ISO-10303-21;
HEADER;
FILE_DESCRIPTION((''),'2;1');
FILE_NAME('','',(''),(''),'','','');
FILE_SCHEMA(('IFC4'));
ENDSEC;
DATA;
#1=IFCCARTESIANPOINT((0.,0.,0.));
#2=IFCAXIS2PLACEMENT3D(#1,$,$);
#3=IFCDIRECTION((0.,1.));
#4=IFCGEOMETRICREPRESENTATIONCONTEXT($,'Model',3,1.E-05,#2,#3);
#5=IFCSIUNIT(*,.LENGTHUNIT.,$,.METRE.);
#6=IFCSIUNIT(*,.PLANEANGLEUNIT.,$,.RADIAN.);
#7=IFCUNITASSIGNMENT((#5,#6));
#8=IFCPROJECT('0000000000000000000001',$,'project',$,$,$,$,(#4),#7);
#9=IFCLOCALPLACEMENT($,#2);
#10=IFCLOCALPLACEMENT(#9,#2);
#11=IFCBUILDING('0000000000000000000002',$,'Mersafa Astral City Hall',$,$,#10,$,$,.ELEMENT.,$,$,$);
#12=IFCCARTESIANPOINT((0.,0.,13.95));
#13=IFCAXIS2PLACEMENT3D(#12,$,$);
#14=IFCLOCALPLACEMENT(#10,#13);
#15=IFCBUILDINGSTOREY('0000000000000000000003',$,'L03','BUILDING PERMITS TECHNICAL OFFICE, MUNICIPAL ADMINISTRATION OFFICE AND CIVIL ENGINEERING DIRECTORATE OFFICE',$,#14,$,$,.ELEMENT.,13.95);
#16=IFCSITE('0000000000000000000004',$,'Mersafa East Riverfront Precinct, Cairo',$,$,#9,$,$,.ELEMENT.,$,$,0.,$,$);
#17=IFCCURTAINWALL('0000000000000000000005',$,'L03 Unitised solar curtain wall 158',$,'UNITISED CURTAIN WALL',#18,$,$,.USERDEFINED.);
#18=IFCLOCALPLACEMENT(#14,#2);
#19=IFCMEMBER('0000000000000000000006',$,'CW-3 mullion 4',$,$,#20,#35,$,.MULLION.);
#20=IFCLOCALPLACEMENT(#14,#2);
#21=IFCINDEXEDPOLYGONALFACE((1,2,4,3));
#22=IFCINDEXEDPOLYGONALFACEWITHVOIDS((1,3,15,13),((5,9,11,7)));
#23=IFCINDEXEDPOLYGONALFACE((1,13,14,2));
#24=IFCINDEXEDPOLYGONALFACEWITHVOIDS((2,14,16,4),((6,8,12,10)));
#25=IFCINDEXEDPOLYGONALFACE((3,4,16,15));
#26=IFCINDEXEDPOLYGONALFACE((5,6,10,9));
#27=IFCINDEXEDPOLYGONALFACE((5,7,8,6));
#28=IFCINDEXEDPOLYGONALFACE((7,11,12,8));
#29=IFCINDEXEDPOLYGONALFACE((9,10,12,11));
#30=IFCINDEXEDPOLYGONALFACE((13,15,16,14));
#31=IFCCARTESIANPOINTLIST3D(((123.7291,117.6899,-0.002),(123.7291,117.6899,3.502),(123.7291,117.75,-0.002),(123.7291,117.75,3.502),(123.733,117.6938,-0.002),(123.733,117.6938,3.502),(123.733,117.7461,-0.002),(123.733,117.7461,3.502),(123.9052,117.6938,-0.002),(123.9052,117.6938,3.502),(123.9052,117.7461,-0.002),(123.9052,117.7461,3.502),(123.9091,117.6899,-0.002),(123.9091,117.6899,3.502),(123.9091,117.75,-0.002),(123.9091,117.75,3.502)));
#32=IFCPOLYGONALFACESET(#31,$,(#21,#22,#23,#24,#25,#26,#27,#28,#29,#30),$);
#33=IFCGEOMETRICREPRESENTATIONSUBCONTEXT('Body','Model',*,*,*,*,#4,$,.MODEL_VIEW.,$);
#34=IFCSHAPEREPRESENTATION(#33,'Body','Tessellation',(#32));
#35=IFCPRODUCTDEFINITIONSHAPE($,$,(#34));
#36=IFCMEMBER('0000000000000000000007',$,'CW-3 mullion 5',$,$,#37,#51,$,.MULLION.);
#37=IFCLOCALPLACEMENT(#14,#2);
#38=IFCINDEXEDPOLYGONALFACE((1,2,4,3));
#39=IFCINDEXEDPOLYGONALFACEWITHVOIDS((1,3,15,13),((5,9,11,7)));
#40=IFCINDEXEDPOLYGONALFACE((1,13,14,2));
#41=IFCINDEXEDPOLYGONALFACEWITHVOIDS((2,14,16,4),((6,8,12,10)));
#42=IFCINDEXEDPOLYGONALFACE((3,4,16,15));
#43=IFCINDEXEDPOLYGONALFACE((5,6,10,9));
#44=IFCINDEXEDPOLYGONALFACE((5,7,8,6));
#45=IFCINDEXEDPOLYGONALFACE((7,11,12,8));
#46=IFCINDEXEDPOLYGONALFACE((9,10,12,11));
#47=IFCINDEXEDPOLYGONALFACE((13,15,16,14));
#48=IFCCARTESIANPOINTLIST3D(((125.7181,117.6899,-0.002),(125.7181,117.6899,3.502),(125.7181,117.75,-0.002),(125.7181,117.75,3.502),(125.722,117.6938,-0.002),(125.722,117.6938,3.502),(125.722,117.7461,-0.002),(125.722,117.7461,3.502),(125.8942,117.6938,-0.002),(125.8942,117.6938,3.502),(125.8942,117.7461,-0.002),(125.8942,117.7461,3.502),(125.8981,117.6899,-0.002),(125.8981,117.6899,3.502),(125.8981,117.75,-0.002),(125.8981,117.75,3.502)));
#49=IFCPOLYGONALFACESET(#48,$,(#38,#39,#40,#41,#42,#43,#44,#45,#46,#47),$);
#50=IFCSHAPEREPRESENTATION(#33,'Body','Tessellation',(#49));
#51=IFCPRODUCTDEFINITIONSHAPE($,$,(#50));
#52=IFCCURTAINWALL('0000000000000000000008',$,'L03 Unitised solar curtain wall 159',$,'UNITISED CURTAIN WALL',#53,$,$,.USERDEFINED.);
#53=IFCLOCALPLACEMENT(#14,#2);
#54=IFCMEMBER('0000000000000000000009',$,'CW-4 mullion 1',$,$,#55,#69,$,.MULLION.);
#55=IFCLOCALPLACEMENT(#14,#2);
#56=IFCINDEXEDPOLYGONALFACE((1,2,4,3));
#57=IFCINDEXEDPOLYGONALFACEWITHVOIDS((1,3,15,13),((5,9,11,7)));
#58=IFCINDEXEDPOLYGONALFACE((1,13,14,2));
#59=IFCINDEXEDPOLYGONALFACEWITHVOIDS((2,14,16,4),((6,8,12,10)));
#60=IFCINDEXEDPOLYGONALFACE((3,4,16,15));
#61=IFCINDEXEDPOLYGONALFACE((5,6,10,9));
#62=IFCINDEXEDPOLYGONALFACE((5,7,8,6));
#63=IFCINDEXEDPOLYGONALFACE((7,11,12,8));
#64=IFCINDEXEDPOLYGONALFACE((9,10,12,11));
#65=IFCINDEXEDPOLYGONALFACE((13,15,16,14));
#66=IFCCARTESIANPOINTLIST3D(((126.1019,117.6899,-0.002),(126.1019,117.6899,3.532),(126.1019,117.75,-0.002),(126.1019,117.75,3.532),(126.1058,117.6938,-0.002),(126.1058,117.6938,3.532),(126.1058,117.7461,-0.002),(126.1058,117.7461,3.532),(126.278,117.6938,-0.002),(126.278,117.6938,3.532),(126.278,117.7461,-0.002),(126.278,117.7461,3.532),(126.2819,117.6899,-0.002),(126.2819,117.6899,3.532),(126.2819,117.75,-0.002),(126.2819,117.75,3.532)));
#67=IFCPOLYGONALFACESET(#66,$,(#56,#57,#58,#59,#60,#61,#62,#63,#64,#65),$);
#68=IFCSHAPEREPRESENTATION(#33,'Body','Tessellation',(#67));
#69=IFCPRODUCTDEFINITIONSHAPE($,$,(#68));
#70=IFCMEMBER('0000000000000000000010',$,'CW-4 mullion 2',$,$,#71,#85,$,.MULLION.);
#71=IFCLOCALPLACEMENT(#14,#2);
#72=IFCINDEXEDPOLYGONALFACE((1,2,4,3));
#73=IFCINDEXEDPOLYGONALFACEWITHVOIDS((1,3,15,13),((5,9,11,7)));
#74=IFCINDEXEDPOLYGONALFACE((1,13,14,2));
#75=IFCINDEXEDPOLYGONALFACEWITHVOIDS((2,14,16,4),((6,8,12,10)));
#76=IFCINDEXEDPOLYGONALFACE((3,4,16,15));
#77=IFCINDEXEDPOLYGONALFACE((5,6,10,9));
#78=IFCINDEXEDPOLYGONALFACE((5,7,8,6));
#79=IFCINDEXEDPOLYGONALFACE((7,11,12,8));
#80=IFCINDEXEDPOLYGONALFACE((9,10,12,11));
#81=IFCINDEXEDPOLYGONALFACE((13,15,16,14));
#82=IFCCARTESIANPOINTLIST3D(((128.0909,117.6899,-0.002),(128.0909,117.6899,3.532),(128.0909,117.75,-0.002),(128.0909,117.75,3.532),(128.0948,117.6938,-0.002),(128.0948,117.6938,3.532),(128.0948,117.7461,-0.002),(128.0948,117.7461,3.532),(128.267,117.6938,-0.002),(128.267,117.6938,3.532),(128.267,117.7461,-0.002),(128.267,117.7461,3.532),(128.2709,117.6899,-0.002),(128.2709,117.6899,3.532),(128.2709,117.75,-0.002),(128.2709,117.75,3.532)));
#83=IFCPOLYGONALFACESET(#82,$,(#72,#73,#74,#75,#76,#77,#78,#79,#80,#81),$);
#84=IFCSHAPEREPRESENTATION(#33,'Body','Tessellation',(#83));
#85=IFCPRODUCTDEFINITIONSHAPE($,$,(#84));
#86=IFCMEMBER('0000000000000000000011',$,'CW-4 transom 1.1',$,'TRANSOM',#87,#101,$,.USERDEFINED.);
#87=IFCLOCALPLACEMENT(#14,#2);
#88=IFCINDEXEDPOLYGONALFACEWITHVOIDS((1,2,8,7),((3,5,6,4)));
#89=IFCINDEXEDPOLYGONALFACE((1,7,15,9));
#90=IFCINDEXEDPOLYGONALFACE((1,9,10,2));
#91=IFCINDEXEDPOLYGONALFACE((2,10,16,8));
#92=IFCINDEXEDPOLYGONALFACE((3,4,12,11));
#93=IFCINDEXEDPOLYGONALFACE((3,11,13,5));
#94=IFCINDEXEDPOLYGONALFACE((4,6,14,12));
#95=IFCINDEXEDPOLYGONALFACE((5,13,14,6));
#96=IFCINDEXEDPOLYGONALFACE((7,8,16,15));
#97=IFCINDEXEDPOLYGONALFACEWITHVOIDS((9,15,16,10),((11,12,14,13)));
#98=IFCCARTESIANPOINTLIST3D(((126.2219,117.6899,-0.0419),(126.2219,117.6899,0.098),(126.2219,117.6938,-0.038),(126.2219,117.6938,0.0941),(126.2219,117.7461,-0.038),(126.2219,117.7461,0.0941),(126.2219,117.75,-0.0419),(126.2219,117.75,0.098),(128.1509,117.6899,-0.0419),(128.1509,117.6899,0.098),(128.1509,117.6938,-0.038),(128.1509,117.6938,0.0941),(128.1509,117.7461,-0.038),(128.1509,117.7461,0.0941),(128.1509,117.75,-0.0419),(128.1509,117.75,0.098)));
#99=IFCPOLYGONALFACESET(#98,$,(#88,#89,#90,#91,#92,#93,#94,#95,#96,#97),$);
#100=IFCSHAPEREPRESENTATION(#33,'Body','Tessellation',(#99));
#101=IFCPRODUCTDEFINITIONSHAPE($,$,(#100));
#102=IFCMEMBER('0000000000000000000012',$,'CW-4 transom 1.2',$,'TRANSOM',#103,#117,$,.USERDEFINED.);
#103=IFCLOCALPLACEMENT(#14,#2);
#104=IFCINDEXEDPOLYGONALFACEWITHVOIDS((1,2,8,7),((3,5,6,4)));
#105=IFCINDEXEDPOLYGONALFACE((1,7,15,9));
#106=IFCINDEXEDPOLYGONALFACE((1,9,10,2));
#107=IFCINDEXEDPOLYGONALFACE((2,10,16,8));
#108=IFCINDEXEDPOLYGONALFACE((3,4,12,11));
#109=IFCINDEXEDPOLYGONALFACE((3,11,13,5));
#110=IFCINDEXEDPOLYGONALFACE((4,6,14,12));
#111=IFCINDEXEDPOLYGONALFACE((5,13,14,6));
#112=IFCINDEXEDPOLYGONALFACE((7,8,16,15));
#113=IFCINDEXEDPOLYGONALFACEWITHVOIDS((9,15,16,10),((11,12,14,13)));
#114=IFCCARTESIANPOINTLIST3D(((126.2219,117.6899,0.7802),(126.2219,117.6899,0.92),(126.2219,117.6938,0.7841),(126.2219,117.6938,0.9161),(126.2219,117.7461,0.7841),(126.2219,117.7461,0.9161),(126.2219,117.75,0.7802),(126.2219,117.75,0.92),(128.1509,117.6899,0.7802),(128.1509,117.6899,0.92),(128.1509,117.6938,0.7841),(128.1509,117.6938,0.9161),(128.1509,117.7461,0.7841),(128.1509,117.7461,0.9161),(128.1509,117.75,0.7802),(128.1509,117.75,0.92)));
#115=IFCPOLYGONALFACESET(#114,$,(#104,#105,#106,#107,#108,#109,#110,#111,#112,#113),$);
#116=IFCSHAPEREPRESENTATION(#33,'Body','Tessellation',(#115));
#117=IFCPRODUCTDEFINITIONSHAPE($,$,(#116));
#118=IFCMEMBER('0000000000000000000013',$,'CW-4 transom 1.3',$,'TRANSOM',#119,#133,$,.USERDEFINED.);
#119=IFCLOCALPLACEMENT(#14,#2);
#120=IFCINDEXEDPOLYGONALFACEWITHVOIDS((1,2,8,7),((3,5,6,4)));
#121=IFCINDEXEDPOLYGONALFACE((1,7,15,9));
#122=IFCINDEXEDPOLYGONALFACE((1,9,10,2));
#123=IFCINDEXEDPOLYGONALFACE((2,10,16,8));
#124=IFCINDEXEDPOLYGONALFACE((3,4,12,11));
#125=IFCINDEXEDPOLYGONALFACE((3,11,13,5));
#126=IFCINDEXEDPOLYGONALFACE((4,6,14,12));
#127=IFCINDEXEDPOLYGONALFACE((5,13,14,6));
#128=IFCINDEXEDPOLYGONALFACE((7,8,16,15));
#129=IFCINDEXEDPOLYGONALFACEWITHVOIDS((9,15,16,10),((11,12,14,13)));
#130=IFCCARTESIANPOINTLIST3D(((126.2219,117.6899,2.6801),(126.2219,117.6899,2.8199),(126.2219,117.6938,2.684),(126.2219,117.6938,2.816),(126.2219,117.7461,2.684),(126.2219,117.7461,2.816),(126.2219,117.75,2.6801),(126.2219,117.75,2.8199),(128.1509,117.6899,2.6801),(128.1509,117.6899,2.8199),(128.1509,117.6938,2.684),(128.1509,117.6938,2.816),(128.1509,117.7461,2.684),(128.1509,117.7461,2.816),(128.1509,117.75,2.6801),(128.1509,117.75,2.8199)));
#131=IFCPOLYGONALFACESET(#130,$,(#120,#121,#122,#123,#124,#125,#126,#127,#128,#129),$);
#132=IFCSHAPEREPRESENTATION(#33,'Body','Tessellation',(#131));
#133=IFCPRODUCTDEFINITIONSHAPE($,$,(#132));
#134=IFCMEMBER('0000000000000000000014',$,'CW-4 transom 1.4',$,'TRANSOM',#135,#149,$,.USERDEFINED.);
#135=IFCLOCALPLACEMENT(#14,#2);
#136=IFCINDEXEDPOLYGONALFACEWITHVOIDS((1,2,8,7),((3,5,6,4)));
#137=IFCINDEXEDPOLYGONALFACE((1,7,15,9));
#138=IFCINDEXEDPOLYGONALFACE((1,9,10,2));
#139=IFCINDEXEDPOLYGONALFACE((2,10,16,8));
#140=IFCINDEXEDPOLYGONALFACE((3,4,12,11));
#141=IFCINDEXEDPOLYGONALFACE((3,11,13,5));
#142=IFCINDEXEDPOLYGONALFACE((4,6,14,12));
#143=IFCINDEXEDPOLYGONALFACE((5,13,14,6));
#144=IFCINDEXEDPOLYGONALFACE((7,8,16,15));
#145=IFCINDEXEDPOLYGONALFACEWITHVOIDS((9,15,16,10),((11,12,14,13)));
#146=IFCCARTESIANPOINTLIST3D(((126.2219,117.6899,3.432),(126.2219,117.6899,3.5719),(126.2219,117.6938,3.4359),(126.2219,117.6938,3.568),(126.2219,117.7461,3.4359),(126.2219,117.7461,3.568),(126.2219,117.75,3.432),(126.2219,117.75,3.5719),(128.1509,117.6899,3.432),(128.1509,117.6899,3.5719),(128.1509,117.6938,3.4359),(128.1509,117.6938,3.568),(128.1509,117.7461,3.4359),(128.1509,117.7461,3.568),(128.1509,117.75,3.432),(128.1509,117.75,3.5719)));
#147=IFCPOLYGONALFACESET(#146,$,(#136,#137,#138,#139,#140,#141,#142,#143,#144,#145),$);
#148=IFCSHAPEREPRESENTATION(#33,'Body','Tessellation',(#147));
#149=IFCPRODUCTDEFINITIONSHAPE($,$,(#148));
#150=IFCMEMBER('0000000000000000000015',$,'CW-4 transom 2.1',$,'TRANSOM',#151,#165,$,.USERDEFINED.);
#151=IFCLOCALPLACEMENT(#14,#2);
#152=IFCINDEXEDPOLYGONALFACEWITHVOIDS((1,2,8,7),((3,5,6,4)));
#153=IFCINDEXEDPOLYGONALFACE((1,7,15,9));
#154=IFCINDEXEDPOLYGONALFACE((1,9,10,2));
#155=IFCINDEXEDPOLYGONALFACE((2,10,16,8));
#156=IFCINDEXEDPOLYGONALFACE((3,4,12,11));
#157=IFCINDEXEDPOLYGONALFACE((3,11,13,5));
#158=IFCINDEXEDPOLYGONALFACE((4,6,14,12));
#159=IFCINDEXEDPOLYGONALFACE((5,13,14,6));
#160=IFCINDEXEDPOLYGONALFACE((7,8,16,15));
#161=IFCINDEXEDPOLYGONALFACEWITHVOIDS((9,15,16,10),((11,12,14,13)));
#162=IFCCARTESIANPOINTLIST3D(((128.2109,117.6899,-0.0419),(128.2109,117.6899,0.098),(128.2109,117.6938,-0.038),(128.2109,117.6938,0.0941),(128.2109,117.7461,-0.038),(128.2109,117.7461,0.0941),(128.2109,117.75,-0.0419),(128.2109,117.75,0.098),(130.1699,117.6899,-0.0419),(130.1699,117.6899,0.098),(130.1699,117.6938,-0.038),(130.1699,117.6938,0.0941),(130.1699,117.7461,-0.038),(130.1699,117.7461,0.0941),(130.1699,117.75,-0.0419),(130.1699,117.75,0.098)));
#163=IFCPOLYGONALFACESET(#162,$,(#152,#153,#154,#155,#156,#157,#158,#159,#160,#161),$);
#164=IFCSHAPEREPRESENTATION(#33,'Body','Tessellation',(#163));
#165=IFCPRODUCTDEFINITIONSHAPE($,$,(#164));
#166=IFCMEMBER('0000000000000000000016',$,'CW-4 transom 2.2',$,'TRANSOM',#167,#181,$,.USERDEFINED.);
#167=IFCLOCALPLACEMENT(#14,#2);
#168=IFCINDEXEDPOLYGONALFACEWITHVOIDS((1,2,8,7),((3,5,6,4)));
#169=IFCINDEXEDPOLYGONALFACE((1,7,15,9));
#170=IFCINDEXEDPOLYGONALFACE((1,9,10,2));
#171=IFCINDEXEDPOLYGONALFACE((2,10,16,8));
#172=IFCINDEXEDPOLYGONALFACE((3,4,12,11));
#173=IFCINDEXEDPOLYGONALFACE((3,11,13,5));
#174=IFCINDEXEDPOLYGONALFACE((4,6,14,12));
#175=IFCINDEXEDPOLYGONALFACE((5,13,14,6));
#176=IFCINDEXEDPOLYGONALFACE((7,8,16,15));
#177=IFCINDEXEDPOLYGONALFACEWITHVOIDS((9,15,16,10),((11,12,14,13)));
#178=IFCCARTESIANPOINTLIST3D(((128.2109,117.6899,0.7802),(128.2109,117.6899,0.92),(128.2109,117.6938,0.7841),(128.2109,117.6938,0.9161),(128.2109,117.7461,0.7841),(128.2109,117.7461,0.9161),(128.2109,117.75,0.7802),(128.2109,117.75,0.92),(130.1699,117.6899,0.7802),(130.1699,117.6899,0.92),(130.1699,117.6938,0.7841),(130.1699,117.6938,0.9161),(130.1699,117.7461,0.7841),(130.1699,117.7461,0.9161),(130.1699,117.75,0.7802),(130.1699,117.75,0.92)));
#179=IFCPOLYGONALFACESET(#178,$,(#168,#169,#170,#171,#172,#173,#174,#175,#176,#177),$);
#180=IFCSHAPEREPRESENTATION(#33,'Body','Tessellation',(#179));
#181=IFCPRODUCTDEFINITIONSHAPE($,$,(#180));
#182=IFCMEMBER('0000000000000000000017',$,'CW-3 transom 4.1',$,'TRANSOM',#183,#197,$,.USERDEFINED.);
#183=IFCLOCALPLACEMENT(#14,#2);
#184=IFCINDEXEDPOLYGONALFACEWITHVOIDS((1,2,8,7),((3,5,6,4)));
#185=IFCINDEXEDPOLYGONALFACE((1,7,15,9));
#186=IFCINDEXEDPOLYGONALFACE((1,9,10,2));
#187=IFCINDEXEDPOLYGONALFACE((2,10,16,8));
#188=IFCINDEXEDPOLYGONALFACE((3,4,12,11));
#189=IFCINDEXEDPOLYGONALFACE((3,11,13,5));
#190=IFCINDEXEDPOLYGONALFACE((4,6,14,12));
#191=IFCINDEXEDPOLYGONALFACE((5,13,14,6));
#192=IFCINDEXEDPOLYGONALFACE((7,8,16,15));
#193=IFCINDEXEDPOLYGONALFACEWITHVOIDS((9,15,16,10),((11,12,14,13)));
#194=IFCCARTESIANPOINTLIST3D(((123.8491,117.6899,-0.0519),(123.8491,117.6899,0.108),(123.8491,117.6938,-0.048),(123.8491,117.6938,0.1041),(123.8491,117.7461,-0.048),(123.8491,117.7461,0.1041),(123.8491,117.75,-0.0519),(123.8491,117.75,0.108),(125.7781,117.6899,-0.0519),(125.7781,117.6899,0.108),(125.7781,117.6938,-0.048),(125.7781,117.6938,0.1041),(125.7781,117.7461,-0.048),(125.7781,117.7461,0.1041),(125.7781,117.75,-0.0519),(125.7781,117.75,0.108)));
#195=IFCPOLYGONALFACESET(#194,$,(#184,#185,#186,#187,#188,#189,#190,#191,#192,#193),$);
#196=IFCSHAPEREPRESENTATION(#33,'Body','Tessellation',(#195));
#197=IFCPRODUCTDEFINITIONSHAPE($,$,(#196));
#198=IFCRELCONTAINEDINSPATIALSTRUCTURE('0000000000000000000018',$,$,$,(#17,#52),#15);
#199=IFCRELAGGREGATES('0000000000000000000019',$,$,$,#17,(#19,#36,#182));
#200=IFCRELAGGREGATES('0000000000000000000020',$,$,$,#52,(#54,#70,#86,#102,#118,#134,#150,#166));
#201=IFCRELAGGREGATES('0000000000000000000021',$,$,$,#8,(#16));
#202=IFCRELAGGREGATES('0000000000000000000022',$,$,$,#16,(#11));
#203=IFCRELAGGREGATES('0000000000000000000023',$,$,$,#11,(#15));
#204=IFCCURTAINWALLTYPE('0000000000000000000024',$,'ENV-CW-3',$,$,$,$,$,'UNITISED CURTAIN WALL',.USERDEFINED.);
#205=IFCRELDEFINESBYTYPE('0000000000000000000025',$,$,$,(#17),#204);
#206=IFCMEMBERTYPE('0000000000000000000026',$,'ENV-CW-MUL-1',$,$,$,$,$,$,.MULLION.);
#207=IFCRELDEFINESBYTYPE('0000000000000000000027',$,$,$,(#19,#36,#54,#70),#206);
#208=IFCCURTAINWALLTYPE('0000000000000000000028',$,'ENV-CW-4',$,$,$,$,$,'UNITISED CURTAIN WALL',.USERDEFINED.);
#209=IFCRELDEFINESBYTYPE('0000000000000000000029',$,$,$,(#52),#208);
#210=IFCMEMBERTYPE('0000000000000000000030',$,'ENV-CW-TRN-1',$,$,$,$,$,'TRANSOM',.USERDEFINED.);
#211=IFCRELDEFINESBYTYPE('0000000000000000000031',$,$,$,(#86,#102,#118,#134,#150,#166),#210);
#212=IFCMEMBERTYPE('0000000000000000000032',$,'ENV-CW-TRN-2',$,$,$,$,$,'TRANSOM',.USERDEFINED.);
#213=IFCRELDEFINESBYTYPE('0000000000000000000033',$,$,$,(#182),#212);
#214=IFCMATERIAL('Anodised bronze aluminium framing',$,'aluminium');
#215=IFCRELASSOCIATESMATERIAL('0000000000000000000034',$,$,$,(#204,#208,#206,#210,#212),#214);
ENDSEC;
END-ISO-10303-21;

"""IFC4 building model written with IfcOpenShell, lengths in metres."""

from ifc_helpers import new_model, si_unit, direction, frame, origin, origin_2d, place, context, subcontext, project, spatial, hollow_rectangle, extrude, material, material_profile, profile_set, type_object, element, aggregate, save


model = new_model("IFC4")

# Units and contexts
model_context = context("Model", 3, precision=1e-05, world=origin(), true_north=direction((0.0, 1.0)))
body_context = subcontext(model_context, "Body", "Model", "MODEL_VIEW")
ifc_project = project(units=[si_unit("LENGTHUNIT", "METRE"), si_unit("PLANEANGLEUNIT", "RADIAN")], contexts=[model_context])

# Site, building, storey
site_placement = place(None, origin())
site = spatial("IfcSite", under=ifc_project, at=site_placement, Name="Mersafa East Riverfront Precinct, Cairo", CompositionType="ELEMENT", RefElevation=0.0)
building_placement = place(site_placement, origin())
building = spatial("IfcBuilding", under=site, at=building_placement, Name="Mersafa Astral City Hall", CompositionType="ELEMENT")
storey_placement = place(building_placement, frame((0.0, 0.0, 13.95)))
storey = spatial("IfcBuildingStorey", under=building, at=storey_placement, Name="L03", Description="BUILDING PERMITS TECHNICAL OFFICE, MUNICIPAL ADMINISTRATION OFFICE AND CIVIL ENGINEERING DIRECTORATE OFFICE", CompositionType="ELEMENT", Elevation=13.95)

# Curtain walls, members
ifc_material_1 = material(Name="Anodised bronze aluminium framing", Category="aluminium")
curtain_wall_type_1 = type_object("IfcCurtainWallType", Name="ENV-CW-3", ElementType="UNITISED CURTAIN WALL", PredefinedType="USERDEFINED", material=ifc_material_1)
curtain_wall_1_placement = place(storey_placement, origin())
curtain_wall_1 = element("IfcCurtainWall", 1, at=curtain_wall_1_placement, inside=storey, type_object=curtain_wall_type_1, Name="L03 Unitised solar curtain wall 158", ObjectType="UNITISED CURTAIN WALL", PredefinedType="USERDEFINED")
ifc_material_profile_1 = material_profile(ifc_material_1, hollow_rectangle(XDim=0.0601, YDim=0.1799, WallThickness=0.0039, at=origin_2d()), Name="RHS 60x180x4")
ifc_profile_set_1 = profile_set([ifc_material_profile_1], Name="Anodised bronze aluminium framing")
member_type_1 = type_object("IfcMemberType", Name="ENV-CW-MUL-1", PredefinedType="MULLION", material=ifc_profile_set_1)
member_1_placement = place(storey_placement, frame((123.8191, 117.72, -0.002), z_axis=(0.0, 0.0, 1.0), x_axis=(0.0, 1.0, 0.0)))
member_1 = element("IfcMember", 2, at=member_1_placement, type_object=member_type_1, Name="CW-3 mullion 4", PredefinedType="MULLION", context=body_context, shape_type="SweptSolid", body=[
    extrude(hollow_rectangle(XDim=0.0601, YDim=0.1799, WallThickness=0.0039, at=origin_2d()), origin(), (0.0, 0.0, 1.0), 3.5039),
])
member_2_placement = place(storey_placement, frame((125.8081, 117.72, -0.002), z_axis=(0.0, 0.0, 1.0), x_axis=(0.0, 1.0, 0.0)))
member_2 = element("IfcMember", 3, at=member_2_placement, type_object=member_type_1, Name="CW-3 mullion 5", PredefinedType="MULLION", context=body_context, shape_type="SweptSolid", body=[
    extrude(hollow_rectangle(XDim=0.0601, YDim=0.1799, WallThickness=0.0039, at=origin_2d()), origin(), (0.0, 0.0, 1.0), 3.5039),
])
curtain_wall_type_2 = type_object("IfcCurtainWallType", Name="ENV-CW-4", ElementType="UNITISED CURTAIN WALL", PredefinedType="USERDEFINED", material=ifc_material_1)
curtain_wall_2_placement = place(storey_placement, origin())
curtain_wall_2 = element("IfcCurtainWall", 4, at=curtain_wall_2_placement, inside=storey, type_object=curtain_wall_type_2, Name="L03 Unitised solar curtain wall 159", ObjectType="UNITISED CURTAIN WALL", PredefinedType="USERDEFINED")
member_3_placement = place(storey_placement, frame((126.1919, 117.72, -0.002), z_axis=(0.0, 0.0, 1.0), x_axis=(0.0, 1.0, 0.0)))
member_3 = element("IfcMember", 5, at=member_3_placement, type_object=member_type_1, Name="CW-4 mullion 1", PredefinedType="MULLION", context=body_context, shape_type="SweptSolid", body=[
    extrude(hollow_rectangle(XDim=0.0601, YDim=0.1799, WallThickness=0.0039, at=origin_2d()), origin(), (0.0, 0.0, 1.0), 3.5339),
])
member_4_placement = place(storey_placement, frame((128.1809, 117.72, -0.002), z_axis=(0.0, 0.0, 1.0), x_axis=(0.0, 1.0, 0.0)))
member_4 = element("IfcMember", 6, at=member_4_placement, type_object=member_type_1, Name="CW-4 mullion 2", PredefinedType="MULLION", context=body_context, shape_type="SweptSolid", body=[
    extrude(hollow_rectangle(XDim=0.0601, YDim=0.1799, WallThickness=0.0039, at=origin_2d()), origin(), (0.0, 0.0, 1.0), 3.5339),
])
ifc_material_profile_2 = material_profile(ifc_material_1, hollow_rectangle(XDim=0.0601, YDim=0.1399, WallThickness=0.0039, at=origin_2d()), Name="RHS 60x140x4")
ifc_profile_set_2 = profile_set([ifc_material_profile_2], Name="Anodised bronze aluminium framing")
member_type_2 = type_object("IfcMemberType", Name="ENV-CW-TRN-1", ElementType="TRANSOM", PredefinedType="USERDEFINED", material=ifc_profile_set_2)
member_5_placement = place(storey_placement, frame((126.2219, 117.72, 0.0281), z_axis=(1.0, 0.0, 0.0), x_axis=(0.0, 1.0, 0.0)))
member_5 = element("IfcMember", 7, at=member_5_placement, type_object=member_type_2, Name="CW-4 transom 1.1", ObjectType="TRANSOM", PredefinedType="USERDEFINED", context=body_context, shape_type="SweptSolid", body=[
    extrude(hollow_rectangle(XDim=0.0601, YDim=0.1399, WallThickness=0.0039, at=origin_2d()), origin(), (0.0, 0.0, 1.0), 1.929),
])
member_6_placement = place(storey_placement, frame((126.2219, 117.72, 0.8501), z_axis=(1.0, 0.0, 0.0), x_axis=(0.0, 1.0, 0.0)))
member_6 = element("IfcMember", 8, at=member_6_placement, type_object=member_type_2, Name="CW-4 transom 1.2", ObjectType="TRANSOM", PredefinedType="USERDEFINED", context=body_context, shape_type="SweptSolid", body=[
    extrude(hollow_rectangle(XDim=0.0601, YDim=0.1399, WallThickness=0.0039, at=origin_2d()), origin(), (0.0, 0.0, 1.0), 1.929),
])
member_7_placement = place(storey_placement, frame((126.2219, 117.72, 2.75), z_axis=(1.0, 0.0, 0.0), x_axis=(0.0, 1.0, 0.0)))
member_7 = element("IfcMember", 9, at=member_7_placement, type_object=member_type_2, Name="CW-4 transom 1.3", ObjectType="TRANSOM", PredefinedType="USERDEFINED", context=body_context, shape_type="SweptSolid", body=[
    extrude(hollow_rectangle(XDim=0.0601, YDim=0.1399, WallThickness=0.0039, at=origin_2d()), origin(), (0.0, 0.0, 1.0), 1.929),
])
member_8_placement = place(storey_placement, frame((126.2219, 117.72, 3.502), z_axis=(1.0, 0.0, 0.0), x_axis=(0.0, 1.0, 0.0)))
member_8 = element("IfcMember", 10, at=member_8_placement, type_object=member_type_2, Name="CW-4 transom 1.4", ObjectType="TRANSOM", PredefinedType="USERDEFINED", context=body_context, shape_type="SweptSolid", body=[
    extrude(hollow_rectangle(XDim=0.0601, YDim=0.1399, WallThickness=0.0039, at=origin_2d()), origin(), (0.0, 0.0, 1.0), 1.929),
])
member_9_placement = place(storey_placement, frame((128.2109, 117.72, 0.0281), z_axis=(1.0, 0.0, 0.0), x_axis=(0.0, 1.0, 0.0)))
member_9 = element("IfcMember", 11, at=member_9_placement, type_object=member_type_2, Name="CW-4 transom 2.1", ObjectType="TRANSOM", PredefinedType="USERDEFINED", context=body_context, shape_type="SweptSolid", body=[
    extrude(hollow_rectangle(XDim=0.0601, YDim=0.1399, WallThickness=0.0039, at=origin_2d()), origin(), (0.0, 0.0, 1.0), 1.959),
])
member_10_placement = place(storey_placement, frame((128.2109, 117.72, 0.8501), z_axis=(1.0, 0.0, 0.0), x_axis=(0.0, 1.0, 0.0)))
member_10 = element("IfcMember", 12, at=member_10_placement, type_object=member_type_2, Name="CW-4 transom 2.2", ObjectType="TRANSOM", PredefinedType="USERDEFINED", context=body_context, shape_type="SweptSolid", body=[
    extrude(hollow_rectangle(XDim=0.0601, YDim=0.1399, WallThickness=0.0039, at=origin_2d()), origin(), (0.0, 0.0, 1.0), 1.959),
])

# Member
ifc_material_profile_3 = material_profile(ifc_material_1, hollow_rectangle(XDim=0.0601, YDim=0.1599, WallThickness=0.0039, at=origin_2d()), Name="RHS 60x160x4")
ifc_profile_set_3 = profile_set([ifc_material_profile_3], Name="Anodised bronze aluminium framing")
member_type_3 = type_object("IfcMemberType", Name="ENV-CW-TRN-2", ElementType="TRANSOM", PredefinedType="USERDEFINED", material=ifc_profile_set_3)
member_11_placement = place(storey_placement, frame((123.8491, 117.72, 0.0281), z_axis=(1.0, 0.0, 0.0), x_axis=(0.0, 1.0, 0.0)))
member_11 = element("IfcMember", 13, at=member_11_placement, type_object=member_type_3, Name="CW-3 transom 4.1", ObjectType="TRANSOM", PredefinedType="USERDEFINED", context=body_context, shape_type="SweptSolid", body=[
    extrude(hollow_rectangle(XDim=0.0601, YDim=0.1599, WallThickness=0.0039, at=origin_2d()), origin(), (0.0, 0.0, 1.0), 1.929),
])

aggregate(curtain_wall_1, [member_1, member_2, member_11])
aggregate(curtain_wall_2, [member_3, member_4, member_5, member_6, member_7, member_8, member_9, member_10])

save(model, "model.ifc")
